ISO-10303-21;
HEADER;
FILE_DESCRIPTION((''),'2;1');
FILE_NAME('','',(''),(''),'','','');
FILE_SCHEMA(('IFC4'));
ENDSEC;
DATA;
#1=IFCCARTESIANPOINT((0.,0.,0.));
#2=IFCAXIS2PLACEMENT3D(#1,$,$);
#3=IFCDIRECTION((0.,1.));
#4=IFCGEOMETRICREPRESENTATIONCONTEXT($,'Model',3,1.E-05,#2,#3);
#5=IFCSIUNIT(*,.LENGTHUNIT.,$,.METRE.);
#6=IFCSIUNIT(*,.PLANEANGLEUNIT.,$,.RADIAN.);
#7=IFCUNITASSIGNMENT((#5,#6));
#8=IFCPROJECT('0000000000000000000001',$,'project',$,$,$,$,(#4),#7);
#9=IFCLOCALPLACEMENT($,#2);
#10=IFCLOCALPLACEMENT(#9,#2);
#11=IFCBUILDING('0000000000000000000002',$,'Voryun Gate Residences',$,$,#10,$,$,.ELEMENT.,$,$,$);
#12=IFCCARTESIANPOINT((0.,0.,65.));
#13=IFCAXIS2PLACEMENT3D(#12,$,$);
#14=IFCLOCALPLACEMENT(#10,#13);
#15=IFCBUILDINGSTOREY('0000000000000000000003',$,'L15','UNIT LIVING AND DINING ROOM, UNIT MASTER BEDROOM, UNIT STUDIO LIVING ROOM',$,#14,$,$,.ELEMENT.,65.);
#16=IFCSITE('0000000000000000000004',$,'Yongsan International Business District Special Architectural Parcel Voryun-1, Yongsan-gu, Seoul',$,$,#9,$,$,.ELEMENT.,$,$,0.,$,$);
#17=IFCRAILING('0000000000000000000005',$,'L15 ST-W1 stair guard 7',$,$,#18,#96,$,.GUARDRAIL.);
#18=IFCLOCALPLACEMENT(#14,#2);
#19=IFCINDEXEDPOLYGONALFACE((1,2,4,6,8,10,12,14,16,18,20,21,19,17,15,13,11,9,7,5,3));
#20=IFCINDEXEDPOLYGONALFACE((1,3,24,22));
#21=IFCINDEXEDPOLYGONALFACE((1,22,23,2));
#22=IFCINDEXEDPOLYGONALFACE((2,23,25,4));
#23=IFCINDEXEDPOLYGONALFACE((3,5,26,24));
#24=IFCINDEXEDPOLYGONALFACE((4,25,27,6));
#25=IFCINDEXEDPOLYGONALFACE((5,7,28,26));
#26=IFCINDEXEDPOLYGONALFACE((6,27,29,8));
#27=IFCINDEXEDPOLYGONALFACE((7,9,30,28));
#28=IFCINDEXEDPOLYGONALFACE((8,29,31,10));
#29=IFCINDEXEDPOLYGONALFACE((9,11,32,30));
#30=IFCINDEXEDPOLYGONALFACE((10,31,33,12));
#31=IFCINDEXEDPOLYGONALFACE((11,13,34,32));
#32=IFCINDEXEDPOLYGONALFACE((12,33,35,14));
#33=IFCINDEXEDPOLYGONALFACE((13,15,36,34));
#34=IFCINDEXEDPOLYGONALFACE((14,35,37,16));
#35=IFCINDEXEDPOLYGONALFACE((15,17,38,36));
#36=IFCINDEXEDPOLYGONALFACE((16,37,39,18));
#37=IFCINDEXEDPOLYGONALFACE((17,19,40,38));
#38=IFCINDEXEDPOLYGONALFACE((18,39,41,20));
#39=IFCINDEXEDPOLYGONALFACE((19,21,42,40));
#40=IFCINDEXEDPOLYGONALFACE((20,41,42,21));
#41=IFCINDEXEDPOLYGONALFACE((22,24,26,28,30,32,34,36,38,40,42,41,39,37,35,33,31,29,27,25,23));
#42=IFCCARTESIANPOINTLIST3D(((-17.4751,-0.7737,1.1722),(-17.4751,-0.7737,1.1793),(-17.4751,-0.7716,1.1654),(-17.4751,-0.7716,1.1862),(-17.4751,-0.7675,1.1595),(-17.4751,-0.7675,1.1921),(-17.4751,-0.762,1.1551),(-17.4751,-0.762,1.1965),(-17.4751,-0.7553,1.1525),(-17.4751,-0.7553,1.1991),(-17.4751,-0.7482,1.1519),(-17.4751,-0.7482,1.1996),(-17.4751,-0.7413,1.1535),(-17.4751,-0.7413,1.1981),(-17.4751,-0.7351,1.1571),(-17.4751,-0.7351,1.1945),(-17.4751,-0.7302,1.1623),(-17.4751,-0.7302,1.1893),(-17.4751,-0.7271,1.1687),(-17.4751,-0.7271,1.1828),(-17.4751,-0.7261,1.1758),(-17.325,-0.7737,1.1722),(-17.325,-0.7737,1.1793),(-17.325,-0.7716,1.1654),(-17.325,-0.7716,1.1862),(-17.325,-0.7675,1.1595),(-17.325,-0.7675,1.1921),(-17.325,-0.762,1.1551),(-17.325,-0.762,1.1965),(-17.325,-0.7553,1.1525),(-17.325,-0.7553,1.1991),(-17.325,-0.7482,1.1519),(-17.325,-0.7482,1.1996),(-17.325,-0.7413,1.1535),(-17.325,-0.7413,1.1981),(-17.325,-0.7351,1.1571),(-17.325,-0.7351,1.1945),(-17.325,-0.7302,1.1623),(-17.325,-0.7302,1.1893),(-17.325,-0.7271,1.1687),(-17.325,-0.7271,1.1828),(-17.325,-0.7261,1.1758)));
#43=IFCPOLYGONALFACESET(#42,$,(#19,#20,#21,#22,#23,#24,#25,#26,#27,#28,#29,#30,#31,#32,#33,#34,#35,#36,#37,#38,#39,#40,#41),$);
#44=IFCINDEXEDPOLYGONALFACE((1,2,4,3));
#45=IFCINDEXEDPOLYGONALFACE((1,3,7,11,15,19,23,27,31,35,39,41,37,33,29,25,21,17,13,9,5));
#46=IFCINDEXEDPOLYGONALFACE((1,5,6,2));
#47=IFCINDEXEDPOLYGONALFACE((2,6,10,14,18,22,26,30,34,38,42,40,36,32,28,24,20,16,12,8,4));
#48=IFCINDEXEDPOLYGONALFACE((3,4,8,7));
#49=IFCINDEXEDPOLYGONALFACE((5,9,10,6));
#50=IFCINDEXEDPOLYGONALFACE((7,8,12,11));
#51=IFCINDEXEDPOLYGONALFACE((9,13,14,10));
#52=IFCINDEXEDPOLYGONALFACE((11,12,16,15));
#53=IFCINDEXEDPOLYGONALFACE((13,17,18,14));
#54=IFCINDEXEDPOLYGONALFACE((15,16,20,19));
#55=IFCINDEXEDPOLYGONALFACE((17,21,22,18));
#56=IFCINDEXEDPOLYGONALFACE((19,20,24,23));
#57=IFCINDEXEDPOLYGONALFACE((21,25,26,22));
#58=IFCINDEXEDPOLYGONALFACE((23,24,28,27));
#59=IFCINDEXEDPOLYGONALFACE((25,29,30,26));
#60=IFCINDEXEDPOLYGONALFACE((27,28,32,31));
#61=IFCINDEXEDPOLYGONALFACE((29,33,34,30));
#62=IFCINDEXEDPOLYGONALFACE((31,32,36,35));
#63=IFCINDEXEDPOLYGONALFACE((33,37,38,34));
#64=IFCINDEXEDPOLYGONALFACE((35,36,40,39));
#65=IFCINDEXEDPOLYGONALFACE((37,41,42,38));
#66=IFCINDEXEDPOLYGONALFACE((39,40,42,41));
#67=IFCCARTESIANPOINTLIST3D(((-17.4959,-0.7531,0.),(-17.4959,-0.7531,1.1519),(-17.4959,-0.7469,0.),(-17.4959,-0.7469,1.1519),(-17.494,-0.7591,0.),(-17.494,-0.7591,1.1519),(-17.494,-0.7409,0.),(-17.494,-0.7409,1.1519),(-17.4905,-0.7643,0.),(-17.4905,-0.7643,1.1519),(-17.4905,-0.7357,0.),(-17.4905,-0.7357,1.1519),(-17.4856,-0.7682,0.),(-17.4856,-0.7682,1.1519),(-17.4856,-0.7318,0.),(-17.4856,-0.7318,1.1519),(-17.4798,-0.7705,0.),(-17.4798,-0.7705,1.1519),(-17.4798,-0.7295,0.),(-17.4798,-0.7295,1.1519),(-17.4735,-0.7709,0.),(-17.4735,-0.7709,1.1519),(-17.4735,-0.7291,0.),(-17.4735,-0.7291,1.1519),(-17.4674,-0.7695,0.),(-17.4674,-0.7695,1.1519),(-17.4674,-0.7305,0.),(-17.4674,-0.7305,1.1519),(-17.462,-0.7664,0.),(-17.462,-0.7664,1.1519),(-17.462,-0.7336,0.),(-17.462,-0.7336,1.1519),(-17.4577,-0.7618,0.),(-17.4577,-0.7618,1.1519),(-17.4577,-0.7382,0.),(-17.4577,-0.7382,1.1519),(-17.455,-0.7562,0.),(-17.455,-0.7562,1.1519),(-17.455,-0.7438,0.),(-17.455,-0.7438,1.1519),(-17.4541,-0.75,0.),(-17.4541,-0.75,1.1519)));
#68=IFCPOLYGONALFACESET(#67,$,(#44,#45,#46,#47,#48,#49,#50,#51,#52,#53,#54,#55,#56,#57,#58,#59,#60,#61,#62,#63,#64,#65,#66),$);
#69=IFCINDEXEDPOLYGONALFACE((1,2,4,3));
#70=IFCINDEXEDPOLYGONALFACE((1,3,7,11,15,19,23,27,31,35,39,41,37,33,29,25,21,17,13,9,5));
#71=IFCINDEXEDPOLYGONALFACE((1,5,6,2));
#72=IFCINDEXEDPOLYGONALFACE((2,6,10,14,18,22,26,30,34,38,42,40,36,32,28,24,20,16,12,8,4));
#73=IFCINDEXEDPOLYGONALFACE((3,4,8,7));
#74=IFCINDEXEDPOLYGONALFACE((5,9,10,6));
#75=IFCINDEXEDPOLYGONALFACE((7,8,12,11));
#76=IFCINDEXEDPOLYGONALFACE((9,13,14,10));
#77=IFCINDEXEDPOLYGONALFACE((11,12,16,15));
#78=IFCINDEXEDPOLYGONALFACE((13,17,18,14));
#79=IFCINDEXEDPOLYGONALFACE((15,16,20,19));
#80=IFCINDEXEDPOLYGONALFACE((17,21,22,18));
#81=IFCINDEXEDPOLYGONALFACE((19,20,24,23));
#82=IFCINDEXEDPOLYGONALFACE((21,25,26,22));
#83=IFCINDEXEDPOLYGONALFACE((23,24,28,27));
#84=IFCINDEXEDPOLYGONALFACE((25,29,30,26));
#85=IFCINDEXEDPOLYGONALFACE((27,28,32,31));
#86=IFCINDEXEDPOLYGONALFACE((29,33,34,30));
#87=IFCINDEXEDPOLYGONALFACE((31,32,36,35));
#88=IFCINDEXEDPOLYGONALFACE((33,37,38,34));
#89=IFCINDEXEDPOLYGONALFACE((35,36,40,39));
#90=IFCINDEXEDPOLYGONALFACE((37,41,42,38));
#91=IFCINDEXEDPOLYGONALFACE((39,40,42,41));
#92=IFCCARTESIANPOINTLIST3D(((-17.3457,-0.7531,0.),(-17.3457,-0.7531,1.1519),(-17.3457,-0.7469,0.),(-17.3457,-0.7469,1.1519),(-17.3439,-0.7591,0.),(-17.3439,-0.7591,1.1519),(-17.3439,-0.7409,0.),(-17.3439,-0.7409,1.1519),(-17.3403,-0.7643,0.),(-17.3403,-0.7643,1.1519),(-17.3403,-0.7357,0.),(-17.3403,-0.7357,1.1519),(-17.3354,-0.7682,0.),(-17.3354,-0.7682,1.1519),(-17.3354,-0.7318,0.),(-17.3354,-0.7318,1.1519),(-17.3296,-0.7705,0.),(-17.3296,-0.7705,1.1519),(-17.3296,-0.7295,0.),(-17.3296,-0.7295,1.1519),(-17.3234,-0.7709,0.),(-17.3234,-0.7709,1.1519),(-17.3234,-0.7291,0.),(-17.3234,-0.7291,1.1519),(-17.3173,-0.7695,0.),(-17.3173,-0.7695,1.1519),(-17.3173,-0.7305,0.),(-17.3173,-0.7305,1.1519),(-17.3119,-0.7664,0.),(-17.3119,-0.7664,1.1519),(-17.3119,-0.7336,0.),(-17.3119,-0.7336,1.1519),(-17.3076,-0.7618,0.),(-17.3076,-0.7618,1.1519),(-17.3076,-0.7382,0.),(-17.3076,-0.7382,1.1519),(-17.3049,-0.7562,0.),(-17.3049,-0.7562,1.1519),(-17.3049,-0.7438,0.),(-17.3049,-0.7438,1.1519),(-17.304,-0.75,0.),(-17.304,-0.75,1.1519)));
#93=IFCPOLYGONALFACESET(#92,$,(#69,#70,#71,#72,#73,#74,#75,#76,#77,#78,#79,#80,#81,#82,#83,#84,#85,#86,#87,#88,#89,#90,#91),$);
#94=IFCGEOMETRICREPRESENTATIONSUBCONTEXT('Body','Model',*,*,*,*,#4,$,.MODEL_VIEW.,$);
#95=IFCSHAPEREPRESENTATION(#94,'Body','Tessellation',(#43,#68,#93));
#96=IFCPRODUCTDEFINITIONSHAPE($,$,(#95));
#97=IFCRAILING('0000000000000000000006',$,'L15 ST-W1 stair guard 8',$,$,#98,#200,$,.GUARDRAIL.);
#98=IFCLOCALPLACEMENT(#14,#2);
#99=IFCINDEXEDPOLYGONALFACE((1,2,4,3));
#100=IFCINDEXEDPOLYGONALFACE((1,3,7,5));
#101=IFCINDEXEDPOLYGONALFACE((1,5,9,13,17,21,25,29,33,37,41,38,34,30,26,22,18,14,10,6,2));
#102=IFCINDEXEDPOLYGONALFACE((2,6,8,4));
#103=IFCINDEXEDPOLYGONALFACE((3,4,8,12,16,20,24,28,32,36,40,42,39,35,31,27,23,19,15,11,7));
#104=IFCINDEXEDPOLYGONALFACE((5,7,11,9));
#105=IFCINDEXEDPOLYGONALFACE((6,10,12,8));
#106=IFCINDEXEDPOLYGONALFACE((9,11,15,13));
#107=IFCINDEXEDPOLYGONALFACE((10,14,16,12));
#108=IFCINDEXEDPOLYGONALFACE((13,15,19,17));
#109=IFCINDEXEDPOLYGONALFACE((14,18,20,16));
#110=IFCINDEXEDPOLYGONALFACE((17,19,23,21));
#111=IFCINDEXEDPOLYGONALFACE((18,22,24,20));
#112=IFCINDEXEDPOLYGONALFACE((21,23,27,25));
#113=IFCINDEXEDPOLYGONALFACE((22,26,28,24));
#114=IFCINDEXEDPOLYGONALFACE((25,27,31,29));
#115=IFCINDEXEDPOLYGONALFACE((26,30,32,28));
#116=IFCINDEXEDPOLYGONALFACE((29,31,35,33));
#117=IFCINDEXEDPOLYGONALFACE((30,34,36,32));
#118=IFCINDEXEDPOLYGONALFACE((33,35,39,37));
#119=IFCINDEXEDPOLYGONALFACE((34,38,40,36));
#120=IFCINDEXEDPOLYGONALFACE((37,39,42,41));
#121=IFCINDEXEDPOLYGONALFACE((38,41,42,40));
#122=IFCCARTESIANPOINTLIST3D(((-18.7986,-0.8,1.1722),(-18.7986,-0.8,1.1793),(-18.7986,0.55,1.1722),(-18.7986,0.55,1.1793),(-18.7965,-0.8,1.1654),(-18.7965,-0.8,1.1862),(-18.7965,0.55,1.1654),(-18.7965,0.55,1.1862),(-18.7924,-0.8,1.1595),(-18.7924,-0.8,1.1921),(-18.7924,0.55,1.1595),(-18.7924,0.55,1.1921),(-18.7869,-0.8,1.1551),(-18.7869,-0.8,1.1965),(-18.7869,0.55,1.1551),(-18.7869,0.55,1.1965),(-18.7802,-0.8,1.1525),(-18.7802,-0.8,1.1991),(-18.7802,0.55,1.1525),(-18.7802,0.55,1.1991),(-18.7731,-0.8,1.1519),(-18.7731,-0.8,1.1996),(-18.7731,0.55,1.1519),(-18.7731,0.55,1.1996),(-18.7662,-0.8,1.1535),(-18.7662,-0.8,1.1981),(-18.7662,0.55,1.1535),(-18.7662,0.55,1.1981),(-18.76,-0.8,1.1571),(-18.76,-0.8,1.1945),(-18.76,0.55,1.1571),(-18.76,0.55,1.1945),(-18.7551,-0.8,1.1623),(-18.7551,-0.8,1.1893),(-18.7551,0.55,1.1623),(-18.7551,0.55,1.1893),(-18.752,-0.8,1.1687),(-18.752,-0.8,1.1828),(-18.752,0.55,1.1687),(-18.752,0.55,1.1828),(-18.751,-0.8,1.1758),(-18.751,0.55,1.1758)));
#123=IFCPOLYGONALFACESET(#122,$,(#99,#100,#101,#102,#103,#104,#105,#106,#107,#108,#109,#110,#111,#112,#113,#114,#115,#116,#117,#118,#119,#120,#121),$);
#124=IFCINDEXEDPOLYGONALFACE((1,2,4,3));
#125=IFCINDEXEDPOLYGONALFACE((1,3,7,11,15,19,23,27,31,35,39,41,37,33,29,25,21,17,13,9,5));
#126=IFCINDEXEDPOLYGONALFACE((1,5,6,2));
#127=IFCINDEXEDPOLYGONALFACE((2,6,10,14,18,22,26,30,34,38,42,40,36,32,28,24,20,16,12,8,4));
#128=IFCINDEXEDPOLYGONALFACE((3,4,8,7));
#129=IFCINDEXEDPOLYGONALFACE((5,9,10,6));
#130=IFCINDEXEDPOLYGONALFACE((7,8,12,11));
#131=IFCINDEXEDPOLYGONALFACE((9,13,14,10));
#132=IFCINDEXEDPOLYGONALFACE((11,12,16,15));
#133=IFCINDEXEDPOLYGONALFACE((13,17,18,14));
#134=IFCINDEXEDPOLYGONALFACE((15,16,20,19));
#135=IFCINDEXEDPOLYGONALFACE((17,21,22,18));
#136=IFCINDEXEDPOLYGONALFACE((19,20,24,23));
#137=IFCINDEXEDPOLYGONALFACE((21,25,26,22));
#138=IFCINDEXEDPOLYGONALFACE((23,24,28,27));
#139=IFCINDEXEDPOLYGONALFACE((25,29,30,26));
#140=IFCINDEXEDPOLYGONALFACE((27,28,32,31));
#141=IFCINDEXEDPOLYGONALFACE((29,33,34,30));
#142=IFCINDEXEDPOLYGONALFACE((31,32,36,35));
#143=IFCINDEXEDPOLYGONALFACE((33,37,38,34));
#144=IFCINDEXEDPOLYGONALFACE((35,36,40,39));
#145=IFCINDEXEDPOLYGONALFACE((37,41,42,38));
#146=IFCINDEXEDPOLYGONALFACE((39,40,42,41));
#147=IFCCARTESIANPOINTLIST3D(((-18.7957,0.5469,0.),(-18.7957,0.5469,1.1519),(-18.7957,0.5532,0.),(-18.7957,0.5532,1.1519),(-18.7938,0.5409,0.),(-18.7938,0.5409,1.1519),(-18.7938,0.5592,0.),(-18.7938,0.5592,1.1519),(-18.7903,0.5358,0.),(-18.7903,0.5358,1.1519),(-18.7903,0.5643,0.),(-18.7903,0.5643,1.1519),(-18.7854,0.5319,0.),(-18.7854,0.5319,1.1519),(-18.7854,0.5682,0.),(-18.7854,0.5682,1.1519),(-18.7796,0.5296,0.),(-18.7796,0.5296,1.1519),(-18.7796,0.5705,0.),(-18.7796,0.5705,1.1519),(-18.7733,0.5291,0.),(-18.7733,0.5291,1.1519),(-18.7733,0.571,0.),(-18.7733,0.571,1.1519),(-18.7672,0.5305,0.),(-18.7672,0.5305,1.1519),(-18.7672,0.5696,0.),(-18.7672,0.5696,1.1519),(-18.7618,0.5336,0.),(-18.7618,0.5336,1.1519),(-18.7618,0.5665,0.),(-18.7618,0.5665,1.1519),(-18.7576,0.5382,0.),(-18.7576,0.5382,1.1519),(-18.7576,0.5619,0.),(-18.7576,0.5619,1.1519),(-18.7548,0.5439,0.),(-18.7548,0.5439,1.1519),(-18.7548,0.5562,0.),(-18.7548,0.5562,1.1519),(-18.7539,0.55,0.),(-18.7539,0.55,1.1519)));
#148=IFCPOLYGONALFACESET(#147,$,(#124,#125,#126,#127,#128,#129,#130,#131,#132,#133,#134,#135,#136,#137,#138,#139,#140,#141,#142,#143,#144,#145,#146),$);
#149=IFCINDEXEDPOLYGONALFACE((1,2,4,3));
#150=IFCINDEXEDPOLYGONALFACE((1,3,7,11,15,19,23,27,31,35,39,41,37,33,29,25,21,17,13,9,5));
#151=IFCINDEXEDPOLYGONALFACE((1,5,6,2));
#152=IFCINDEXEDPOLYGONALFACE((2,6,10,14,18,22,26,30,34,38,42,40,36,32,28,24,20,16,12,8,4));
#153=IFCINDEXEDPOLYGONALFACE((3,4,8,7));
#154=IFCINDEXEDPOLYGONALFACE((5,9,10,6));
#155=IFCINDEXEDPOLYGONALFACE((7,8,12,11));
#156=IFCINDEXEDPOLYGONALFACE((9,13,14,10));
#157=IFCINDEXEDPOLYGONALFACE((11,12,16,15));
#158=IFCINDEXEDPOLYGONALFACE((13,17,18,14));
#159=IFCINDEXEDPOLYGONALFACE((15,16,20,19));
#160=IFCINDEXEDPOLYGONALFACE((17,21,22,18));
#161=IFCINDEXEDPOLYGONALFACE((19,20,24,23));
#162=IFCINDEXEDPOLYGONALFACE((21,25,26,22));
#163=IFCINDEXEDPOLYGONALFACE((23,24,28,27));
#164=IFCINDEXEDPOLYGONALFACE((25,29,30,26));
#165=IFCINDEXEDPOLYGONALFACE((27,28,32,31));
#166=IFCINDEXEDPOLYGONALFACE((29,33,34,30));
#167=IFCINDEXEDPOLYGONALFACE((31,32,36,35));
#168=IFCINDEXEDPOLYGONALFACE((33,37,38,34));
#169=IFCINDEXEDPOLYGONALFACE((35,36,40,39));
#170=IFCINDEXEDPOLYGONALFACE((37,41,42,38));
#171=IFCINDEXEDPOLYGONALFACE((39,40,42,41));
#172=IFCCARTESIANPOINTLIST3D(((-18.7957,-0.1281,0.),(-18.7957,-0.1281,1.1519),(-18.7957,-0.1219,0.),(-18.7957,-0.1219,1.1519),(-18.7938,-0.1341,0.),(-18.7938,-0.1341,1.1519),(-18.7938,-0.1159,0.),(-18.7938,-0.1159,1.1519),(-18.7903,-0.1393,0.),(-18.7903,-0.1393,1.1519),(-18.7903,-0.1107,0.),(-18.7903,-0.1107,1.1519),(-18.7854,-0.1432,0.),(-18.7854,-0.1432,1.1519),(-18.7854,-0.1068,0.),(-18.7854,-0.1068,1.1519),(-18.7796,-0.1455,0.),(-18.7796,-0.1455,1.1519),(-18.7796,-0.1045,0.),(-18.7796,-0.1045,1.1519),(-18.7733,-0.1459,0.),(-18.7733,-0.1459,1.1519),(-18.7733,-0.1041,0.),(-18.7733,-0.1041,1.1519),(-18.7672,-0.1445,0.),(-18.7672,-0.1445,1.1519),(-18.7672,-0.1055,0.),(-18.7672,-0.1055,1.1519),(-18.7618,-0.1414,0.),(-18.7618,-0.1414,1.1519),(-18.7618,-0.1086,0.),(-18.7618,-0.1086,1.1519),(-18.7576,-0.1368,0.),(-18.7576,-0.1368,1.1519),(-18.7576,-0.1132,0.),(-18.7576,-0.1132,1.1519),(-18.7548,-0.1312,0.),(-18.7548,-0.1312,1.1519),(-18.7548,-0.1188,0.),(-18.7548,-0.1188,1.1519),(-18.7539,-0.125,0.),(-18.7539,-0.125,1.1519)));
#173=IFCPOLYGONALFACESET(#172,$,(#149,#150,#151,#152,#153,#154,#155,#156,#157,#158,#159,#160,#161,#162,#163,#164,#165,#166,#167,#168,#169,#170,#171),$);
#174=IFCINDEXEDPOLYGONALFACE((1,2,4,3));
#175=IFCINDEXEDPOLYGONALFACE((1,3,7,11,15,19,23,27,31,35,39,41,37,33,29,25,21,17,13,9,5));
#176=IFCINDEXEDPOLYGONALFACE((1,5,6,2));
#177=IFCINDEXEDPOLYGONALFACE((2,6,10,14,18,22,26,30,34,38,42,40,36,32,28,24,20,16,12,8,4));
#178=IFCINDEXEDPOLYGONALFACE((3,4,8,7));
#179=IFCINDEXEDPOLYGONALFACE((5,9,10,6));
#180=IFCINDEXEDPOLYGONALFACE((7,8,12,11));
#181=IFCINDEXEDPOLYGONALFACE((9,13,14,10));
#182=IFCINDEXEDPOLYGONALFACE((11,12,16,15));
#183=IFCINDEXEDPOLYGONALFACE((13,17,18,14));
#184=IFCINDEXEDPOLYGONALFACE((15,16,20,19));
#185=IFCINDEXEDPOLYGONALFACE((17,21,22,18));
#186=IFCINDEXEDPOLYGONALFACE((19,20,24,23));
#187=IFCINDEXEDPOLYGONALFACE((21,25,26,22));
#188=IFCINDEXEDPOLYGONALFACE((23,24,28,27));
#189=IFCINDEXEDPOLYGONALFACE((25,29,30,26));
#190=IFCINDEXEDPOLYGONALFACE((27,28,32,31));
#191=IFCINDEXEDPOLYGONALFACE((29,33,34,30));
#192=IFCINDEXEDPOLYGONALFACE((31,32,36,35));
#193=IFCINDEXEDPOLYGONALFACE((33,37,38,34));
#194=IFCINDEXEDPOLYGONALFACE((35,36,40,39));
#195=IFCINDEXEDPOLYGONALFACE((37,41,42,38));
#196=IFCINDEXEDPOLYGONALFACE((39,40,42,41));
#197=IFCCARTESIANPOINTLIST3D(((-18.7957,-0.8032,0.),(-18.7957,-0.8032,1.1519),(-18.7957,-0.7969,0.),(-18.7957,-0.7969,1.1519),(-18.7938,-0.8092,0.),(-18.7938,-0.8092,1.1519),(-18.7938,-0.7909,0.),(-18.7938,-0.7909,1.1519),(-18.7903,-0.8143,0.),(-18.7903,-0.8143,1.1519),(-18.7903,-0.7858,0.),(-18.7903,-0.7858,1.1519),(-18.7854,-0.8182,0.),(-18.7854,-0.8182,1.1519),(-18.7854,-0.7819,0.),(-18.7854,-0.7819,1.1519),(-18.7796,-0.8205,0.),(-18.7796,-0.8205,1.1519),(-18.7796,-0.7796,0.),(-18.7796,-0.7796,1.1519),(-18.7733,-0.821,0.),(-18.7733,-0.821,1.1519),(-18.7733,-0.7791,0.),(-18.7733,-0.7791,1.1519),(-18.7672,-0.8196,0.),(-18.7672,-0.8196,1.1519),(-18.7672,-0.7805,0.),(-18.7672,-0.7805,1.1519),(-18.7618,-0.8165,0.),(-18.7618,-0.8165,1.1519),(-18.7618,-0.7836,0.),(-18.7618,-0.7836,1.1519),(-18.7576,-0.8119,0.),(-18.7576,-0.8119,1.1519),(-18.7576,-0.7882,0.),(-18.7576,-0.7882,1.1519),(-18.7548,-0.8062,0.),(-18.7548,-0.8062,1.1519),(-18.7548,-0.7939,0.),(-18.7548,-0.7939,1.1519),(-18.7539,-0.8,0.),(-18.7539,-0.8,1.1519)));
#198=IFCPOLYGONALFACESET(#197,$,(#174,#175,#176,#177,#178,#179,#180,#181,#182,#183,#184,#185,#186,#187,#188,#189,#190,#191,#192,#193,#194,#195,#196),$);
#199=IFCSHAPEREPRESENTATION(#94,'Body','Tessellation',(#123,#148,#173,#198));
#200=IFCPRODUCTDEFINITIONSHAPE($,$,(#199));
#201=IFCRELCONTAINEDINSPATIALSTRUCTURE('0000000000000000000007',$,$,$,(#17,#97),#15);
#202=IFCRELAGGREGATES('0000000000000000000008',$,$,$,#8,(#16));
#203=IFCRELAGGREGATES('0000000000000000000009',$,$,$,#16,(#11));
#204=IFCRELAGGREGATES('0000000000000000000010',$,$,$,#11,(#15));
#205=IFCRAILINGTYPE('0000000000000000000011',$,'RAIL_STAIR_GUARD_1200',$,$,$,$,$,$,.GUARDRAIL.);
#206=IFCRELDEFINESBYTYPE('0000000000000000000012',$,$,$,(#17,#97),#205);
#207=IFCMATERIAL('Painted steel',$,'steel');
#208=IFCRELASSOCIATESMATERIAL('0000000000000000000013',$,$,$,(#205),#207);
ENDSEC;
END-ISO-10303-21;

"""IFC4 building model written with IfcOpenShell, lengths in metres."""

from ifc_helpers import new_model, si_unit, direction, frame, origin, origin_2d, place, context, subcontext, project, spatial, circle, extrude, material, type_object, element, save


model = new_model("IFC4")

# Units and contexts
model_context = context("Model", 3, precision=1e-05, world=origin(), true_north=direction((0.0, 1.0)))
body_context = subcontext(model_context, "Body", "Model", "MODEL_VIEW")
ifc_project = project(units=[si_unit("LENGTHUNIT", "METRE"), si_unit("PLANEANGLEUNIT", "RADIAN")], contexts=[model_context])

# Site, building, storey
site_placement = place(None, origin())
site = spatial("IfcSite", under=ifc_project, at=site_placement, Name="Yongsan International Business District Special Architectural Parcel Voryun-1, Yongsan-gu, Seoul", CompositionType="ELEMENT", RefElevation=0.0)
building_placement = place(site_placement, origin())
building = spatial("IfcBuilding", under=site, at=building_placement, Name="Voryun Gate Residences", CompositionType="ELEMENT")
storey_placement = place(building_placement, frame((0.0, 0.0, 65.0)))
storey = spatial("IfcBuildingStorey", under=building, at=storey_placement, Name="L15", Description="UNIT LIVING AND DINING ROOM, UNIT MASTER BEDROOM, UNIT STUDIO LIVING ROOM", CompositionType="ELEMENT", Elevation=65.0)

# Railings
ifc_material_1 = material(Name="Painted steel", Category="steel")
railing_type = type_object("IfcRailingType", Name="RAIL_STAIR_GUARD_1200", PredefinedType="GUARDRAIL", material=ifc_material_1)
railing_1_placement = place(storey_placement, frame((-17.4751, -0.75, 0.0)))
element("IfcRailing", 1, at=railing_1_placement, inside=storey, type_object=railing_type, Name="L15 ST-W1 stair guard 7", PredefinedType="GUARDRAIL", context=body_context, shape_type="SweptSolid", body=[
    extrude(circle(Radius=0.0239, at=origin_2d()), frame((0.0, 0.0, 1.1758), z_axis=(1.0, 0.0, 0.0), x_axis=(0.0, 1.0, 0.0)), (0.0, 0.0, 1.0), 0.1501),
    extrude(circle(Radius=0.021, at=origin_2d()), origin(), (0.0, 0.0, 1.0), 1.1519),
    extrude(circle(Radius=0.021, at=origin_2d()), frame((0.1501, 0.0, 0.0)), (0.0, 0.0, 1.0), 1.1519),
])
for number, where, name in (
    (2, (-18.7749, 0.55, 0.0), "L15 ST-W1 stair guard 8"),
):
    element("IfcRailing", number, at=place(storey_placement, frame(where)), inside=storey, type_object=railing_type, Name=name, PredefinedType="GUARDRAIL", context=body_context, shape_type="SweptSolid", body=[
        extrude(circle(Radius=0.0239, at=origin_2d()), frame((0.0, 0.0, 1.1758), z_axis=(0.0, -1.0, 0.0), x_axis=(1.0, 0.0, 0.0)), (0.0, 0.0, 1.0), 1.3501),
        extrude(circle(Radius=0.021, at=origin_2d()), origin(), (0.0, 0.0, 1.0), 1.1519),
        extrude(circle(Radius=0.021, at=origin_2d()), frame((0.0, -0.675, 0.0)), (0.0, 0.0, 1.0), 1.1519),
        extrude(circle(Radius=0.021, at=origin_2d()), frame((0.0, -1.3501, 0.0)), (0.0, 0.0, 1.0), 1.1519),
    ])

save(model, "model.ifc")
